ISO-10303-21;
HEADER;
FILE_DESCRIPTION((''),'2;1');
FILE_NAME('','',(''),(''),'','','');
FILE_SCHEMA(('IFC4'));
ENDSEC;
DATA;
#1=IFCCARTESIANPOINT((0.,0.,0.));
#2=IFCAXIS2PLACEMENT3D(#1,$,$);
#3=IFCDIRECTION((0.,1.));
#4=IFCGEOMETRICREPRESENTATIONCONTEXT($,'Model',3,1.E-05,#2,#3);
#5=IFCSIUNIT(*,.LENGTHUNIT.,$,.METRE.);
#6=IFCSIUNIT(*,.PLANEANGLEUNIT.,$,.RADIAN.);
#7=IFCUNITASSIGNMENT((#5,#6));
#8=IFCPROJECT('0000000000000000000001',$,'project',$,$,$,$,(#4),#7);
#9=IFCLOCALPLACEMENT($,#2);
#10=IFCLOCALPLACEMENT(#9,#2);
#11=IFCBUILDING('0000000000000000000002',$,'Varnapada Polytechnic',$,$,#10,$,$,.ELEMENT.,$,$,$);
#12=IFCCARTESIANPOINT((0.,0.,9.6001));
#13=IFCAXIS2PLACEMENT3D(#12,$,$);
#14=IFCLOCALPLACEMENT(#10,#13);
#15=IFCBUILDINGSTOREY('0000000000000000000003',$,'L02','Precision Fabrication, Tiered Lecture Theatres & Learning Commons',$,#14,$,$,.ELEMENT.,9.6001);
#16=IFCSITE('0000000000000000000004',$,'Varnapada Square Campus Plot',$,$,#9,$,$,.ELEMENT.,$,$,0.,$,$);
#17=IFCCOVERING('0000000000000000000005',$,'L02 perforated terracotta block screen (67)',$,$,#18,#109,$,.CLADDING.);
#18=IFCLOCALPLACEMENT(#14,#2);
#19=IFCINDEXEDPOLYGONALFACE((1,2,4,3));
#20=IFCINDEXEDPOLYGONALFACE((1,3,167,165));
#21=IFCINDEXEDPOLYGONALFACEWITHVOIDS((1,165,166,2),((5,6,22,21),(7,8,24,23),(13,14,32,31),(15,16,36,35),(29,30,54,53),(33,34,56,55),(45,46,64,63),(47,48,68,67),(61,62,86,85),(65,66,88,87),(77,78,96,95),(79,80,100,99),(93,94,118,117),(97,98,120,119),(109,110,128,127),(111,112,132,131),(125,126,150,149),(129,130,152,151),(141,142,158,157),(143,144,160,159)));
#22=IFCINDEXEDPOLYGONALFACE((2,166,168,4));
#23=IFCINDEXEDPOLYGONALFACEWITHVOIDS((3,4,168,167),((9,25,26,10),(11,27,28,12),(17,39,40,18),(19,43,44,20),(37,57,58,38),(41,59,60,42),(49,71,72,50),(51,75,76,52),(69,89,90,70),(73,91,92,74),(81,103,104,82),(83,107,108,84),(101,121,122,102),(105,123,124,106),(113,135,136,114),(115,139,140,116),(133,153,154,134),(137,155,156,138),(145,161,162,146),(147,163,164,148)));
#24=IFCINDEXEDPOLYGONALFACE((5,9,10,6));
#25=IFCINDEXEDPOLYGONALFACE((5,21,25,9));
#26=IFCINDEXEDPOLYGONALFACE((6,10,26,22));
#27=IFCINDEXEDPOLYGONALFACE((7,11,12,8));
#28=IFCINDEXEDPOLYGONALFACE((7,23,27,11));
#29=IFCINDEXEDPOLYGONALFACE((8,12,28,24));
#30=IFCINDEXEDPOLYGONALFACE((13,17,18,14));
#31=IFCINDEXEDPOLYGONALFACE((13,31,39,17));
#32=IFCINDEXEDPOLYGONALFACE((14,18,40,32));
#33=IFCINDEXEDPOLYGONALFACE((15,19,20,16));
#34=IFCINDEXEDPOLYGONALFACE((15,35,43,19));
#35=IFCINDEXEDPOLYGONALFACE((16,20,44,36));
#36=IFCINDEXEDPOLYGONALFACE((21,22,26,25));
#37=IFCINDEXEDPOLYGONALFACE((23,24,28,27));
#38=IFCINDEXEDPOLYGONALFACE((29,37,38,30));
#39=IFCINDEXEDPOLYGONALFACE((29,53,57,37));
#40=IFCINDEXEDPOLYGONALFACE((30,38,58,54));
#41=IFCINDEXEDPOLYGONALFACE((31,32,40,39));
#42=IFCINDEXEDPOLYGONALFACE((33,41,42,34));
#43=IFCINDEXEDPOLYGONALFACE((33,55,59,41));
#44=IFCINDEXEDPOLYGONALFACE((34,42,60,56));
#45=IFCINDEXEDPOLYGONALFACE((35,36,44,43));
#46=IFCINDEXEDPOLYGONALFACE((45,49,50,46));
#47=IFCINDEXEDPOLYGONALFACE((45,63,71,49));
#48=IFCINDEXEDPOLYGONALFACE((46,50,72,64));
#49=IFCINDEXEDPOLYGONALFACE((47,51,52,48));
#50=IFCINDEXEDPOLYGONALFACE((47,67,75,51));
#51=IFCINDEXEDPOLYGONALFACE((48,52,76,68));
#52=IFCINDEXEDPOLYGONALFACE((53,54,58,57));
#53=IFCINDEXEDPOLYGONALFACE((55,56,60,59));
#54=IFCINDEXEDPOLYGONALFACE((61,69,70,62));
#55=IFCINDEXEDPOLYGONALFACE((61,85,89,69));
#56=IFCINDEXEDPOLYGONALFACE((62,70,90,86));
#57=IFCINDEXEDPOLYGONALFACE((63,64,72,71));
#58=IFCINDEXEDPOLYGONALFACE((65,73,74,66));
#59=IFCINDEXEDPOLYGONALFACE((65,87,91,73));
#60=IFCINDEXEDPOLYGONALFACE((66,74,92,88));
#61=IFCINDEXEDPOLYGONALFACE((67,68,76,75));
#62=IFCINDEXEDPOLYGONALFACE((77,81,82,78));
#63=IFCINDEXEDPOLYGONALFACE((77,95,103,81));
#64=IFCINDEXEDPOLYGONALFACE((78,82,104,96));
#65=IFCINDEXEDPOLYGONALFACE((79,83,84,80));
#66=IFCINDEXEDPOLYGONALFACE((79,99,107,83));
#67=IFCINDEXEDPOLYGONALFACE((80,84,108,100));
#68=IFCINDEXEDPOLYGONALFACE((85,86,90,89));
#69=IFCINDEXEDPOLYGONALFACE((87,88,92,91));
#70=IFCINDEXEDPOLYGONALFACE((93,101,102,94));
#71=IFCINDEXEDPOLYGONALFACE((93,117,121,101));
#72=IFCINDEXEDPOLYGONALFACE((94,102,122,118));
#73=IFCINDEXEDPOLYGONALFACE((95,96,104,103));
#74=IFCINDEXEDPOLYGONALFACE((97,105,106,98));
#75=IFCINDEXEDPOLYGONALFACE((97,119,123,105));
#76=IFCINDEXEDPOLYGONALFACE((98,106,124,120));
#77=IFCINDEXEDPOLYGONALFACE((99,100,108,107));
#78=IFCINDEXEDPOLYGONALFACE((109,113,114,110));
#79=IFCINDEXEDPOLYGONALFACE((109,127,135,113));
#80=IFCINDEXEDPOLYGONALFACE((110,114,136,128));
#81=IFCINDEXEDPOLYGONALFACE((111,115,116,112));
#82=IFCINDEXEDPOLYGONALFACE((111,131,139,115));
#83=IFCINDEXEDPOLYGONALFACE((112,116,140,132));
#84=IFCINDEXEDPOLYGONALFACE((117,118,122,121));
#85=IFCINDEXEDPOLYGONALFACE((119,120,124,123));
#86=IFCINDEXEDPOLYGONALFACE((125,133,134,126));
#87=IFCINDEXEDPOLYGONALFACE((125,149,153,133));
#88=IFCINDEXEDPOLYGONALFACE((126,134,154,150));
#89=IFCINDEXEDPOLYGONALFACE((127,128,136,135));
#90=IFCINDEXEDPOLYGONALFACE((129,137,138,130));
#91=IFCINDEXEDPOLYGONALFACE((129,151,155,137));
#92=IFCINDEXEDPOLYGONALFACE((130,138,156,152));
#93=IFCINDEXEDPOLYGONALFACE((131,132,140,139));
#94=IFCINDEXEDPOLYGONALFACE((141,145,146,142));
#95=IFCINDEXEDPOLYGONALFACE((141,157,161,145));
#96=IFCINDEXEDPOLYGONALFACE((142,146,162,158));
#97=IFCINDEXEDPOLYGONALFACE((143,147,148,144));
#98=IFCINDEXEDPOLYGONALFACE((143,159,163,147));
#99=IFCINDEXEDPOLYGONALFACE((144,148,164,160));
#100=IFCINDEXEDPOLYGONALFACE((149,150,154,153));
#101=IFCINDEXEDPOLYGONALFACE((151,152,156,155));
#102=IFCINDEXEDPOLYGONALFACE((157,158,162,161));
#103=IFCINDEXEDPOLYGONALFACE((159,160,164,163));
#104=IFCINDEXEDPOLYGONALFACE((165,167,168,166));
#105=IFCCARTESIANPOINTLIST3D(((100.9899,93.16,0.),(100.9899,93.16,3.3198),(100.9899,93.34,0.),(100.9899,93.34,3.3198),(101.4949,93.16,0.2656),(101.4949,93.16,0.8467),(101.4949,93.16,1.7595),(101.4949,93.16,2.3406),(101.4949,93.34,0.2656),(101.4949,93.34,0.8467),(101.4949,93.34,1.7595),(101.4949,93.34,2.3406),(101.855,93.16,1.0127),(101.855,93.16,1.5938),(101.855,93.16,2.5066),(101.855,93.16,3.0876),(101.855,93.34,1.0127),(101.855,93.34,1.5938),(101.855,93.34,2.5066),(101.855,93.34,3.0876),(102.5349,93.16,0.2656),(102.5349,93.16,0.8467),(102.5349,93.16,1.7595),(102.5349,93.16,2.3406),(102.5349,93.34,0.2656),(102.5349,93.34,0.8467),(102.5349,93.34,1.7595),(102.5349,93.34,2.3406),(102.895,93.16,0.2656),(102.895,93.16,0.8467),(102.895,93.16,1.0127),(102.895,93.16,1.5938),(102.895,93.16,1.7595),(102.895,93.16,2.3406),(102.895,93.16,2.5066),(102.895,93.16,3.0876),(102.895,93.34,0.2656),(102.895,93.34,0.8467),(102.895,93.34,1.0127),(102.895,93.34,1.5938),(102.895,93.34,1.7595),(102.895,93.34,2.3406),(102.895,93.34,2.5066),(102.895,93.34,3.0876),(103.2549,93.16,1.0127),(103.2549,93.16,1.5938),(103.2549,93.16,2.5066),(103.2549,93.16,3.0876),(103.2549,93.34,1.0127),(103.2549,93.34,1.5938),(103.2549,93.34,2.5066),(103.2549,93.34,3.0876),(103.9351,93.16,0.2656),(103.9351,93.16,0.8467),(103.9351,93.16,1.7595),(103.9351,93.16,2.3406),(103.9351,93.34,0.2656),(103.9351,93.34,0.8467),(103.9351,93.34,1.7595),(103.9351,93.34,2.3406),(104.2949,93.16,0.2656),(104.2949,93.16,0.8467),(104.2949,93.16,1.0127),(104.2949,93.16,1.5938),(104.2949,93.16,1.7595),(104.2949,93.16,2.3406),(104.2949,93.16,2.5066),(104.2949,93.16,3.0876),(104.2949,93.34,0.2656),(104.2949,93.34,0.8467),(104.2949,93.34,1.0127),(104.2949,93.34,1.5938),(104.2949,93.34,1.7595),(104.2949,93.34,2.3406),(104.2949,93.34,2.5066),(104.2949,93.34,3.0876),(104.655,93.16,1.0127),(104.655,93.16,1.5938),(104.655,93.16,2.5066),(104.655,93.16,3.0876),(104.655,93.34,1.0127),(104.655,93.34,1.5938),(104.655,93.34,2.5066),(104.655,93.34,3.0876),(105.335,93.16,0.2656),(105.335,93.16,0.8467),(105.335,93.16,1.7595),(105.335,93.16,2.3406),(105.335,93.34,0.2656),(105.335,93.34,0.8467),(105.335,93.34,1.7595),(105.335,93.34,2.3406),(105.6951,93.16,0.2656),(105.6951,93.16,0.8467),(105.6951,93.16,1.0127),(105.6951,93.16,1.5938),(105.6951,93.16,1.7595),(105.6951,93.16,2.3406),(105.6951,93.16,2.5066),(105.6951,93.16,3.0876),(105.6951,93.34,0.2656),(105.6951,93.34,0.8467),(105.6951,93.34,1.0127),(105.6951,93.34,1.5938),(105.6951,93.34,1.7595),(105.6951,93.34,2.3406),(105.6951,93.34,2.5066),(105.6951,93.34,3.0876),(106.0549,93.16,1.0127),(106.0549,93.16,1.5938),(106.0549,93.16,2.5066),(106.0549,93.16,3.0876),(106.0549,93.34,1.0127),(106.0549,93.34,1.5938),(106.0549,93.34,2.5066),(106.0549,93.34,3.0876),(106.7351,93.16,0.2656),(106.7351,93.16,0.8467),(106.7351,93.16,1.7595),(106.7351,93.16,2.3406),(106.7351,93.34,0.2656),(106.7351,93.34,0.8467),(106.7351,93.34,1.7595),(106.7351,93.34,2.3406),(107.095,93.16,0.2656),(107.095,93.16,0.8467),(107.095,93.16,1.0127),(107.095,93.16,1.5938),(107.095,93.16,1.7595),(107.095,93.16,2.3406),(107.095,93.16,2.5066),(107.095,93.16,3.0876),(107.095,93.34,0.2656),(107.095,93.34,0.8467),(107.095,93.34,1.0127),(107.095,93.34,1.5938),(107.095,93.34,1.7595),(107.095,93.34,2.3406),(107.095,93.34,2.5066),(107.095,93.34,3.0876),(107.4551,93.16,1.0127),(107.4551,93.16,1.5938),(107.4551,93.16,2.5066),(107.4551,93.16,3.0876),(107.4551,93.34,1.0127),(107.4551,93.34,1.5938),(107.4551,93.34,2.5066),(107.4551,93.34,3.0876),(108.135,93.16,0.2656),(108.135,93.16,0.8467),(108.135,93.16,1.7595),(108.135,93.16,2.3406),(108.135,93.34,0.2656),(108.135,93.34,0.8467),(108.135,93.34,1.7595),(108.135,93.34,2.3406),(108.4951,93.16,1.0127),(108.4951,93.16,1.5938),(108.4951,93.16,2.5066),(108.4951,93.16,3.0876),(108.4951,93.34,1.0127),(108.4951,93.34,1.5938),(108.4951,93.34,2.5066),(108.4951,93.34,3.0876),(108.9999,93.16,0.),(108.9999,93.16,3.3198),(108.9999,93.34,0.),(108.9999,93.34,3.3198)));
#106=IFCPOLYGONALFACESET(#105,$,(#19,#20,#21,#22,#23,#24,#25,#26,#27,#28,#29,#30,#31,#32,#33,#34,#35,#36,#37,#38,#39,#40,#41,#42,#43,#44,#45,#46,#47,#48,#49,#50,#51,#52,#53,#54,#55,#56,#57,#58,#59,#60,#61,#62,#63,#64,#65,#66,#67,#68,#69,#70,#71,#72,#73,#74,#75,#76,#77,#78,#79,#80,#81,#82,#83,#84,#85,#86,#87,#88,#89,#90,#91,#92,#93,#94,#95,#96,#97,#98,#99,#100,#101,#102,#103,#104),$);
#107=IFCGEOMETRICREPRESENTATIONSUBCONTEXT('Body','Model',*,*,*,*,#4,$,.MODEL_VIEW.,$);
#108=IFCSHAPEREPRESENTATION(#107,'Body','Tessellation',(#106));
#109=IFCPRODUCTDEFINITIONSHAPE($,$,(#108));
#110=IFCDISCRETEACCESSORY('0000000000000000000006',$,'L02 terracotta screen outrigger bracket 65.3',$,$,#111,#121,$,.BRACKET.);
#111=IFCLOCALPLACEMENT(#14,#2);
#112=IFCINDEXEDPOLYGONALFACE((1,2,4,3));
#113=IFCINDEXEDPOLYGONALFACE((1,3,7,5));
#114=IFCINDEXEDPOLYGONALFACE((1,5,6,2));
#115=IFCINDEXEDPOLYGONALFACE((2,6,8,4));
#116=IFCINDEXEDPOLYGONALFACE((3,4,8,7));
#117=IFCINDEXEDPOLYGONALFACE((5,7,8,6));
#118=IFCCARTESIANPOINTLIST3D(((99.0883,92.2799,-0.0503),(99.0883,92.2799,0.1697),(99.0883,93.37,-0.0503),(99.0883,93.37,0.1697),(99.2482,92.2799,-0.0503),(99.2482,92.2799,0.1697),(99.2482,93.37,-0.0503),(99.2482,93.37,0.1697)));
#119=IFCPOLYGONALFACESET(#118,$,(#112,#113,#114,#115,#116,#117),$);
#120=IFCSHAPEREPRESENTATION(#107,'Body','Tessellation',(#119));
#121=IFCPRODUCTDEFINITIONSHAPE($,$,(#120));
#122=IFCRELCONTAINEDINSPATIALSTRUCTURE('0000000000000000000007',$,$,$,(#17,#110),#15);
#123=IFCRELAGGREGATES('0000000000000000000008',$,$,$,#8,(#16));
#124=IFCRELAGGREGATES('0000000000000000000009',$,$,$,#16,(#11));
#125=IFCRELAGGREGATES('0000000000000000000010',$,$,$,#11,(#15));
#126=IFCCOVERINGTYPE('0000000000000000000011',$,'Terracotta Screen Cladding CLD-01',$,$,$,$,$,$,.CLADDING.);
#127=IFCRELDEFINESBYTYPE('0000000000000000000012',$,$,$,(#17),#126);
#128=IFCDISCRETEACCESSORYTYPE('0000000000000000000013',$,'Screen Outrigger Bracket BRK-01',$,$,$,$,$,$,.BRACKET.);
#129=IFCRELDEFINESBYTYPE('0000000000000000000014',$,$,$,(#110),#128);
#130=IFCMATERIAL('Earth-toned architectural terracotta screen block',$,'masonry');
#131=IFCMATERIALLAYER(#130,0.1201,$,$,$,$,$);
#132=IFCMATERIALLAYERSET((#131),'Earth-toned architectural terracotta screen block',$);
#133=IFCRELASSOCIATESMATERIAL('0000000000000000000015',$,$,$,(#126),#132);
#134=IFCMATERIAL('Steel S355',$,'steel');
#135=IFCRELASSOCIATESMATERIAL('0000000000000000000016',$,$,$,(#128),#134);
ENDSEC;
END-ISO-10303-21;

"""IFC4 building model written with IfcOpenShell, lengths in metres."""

from ifc_helpers import new_model, si_unit, direction, frame, frame_2d, origin, origin_2d, place, context, subcontext, project, spatial, rectangle, extrude, material, layer, layer_set, type_object, element, save


model = new_model("IFC4")

# Units and contexts
model_context = context("Model", 3, precision=1e-05, world=origin(), true_north=direction((0.0, 1.0)))
body_context = subcontext(model_context, "Body", "Model", "MODEL_VIEW")
ifc_project = project(units=[si_unit("LENGTHUNIT", "METRE"), si_unit("PLANEANGLEUNIT", "RADIAN")], contexts=[model_context])

# Site, building, storey
site_placement = place(None, origin())
site = spatial("IfcSite", under=ifc_project, at=site_placement, Name="Varnapada Square Campus Plot", CompositionType="ELEMENT", RefElevation=0.0)
building_placement = place(site_placement, origin())
building = spatial("IfcBuilding", under=site, at=building_placement, Name="Varnapada Polytechnic", CompositionType="ELEMENT")
storey_placement = place(building_placement, frame((0.0, 0.0, 9.6001)))
storey = spatial("IfcBuildingStorey", under=building, at=storey_placement, Name="L02", Description="Precision Fabrication, Tiered Lecture Theatres & Learning Commons", CompositionType="ELEMENT", Elevation=9.6001)

# Shared definitions
ifc_material_1 = material(Name="Steel S355", Category="steel")

# Covering, openings
ifc_material_2 = material(Name="Earth-toned architectural terracotta screen block", Category="masonry")
ifc_layer_1 = layer(ifc_material_2, 0.1201)
ifc_layer_set_1 = layer_set([ifc_layer_1], Name="Earth-toned architectural terracotta screen block")
covering_type = type_object("IfcCoveringType", Name="Terracotta Screen Cladding CLD-01", PredefinedType="CLADDING", material=ifc_layer_set_1)
covering_placement = place(storey_placement, frame((100.99, 93.25, 0.0), z_axis=(0.0, 0.0, 1.0), x_axis=(1.0, 0.0, 0.0)))
covering = element("IfcCovering", 1, at=covering_placement, inside=storey, type_object=covering_type, Name="L02 perforated terracotta block screen (67)", PredefinedType="CLADDING", context=body_context, shape_type="SweptSolid", body=[
    extrude(rectangle(XDim=8.01, YDim=0.1799, at=frame_2d((4.0049, 0.0))), origin(), (0.0, 0.0, 1.0), 3.3198),
])
opening_1_placement = place(covering_placement, frame((0.5049, 0.0, 0.2656)))
element("IfcOpeningElement", 2, at=opening_1_placement, cuts=covering, PredefinedType="OPENING", context=body_context, shape_type="SweptSolid", body=[
    extrude(rectangle(XDim=1.04, YDim=0.5811, at=frame_2d((0.52, 0.2905))), frame((0.0, 0.0999, 0.0), z_axis=(0.0, -1.0, 0.0), x_axis=(1.0, 0.0, 0.0)), (0.0, 0.0, 1.0), 0.2),
])
opening_2_placement = place(covering_placement, frame((1.905, 0.0, 0.2656)))
element("IfcOpeningElement", 3, at=opening_2_placement, cuts=covering, PredefinedType="OPENING", context=body_context, shape_type="SweptSolid", body=[
    extrude(rectangle(XDim=1.04, YDim=0.5811, at=frame_2d((0.52, 0.2905))), frame((0.0, 0.0999, 0.0), z_axis=(0.0, -1.0, 0.0), x_axis=(1.0, 0.0, 0.0)), (0.0, 0.0, 1.0), 0.2),
])
opening_3_placement = place(covering_placement, frame((3.3049, 0.0, 0.2656)))
element("IfcOpeningElement", 4, at=opening_3_placement, cuts=covering, PredefinedType="OPENING", context=body_context, shape_type="SweptSolid", body=[
    extrude(rectangle(XDim=1.04, YDim=0.5811, at=frame_2d((0.52, 0.2905))), frame((0.0, 0.0999, 0.0), z_axis=(0.0, -1.0, 0.0), x_axis=(1.0, 0.0, 0.0)), (0.0, 0.0, 1.0), 0.2),
])
opening_4_placement = place(covering_placement, frame((4.7051, 0.0, 0.2656)))
element("IfcOpeningElement", 5, at=opening_4_placement, cuts=covering, PredefinedType="OPENING", context=body_context, shape_type="SweptSolid", body=[
    extrude(rectangle(XDim=1.04, YDim=0.5811, at=frame_2d((0.52, 0.2905))), frame((0.0, 0.0999, 0.0), z_axis=(0.0, -1.0, 0.0), x_axis=(1.0, 0.0, 0.0)), (0.0, 0.0, 1.0), 0.2),
])
opening_5_placement = place(covering_placement, frame((6.105, 0.0, 0.2656)))
element("IfcOpeningElement", 6, at=opening_5_placement, cuts=covering, PredefinedType="OPENING", context=body_context, shape_type="SweptSolid", body=[
    extrude(rectangle(XDim=1.04, YDim=0.5811, at=frame_2d((0.52, 0.2905))), frame((0.0, 0.0999, 0.0), z_axis=(0.0, -1.0, 0.0), x_axis=(1.0, 0.0, 0.0)), (0.0, 0.0, 1.0), 0.2),
])
opening_6_placement = place(covering_placement, frame((0.865, 0.0, 1.0127)))
element("IfcOpeningElement", 7, at=opening_6_placement, cuts=covering, PredefinedType="OPENING", context=body_context, shape_type="SweptSolid", body=[
    extrude(rectangle(XDim=1.04, YDim=0.5811, at=frame_2d((0.52, 0.2905))), frame((0.0, 0.0999, 0.0), z_axis=(0.0, -1.0, 0.0), x_axis=(1.0, 0.0, 0.0)), (0.0, 0.0, 1.0), 0.2),
])
opening_7_placement = place(covering_placement, frame((2.2649, 0.0, 1.0127)))
element("IfcOpeningElement", 8, at=opening_7_placement, cuts=covering, PredefinedType="OPENING", context=body_context, shape_type="SweptSolid", body=[
    extrude(rectangle(XDim=1.04, YDim=0.5811, at=frame_2d((0.52, 0.2905))), frame((0.0, 0.0999, 0.0), z_axis=(0.0, -1.0, 0.0), x_axis=(1.0, 0.0, 0.0)), (0.0, 0.0, 1.0), 0.2),
])
opening_8_placement = place(covering_placement, frame((3.665, 0.0, 1.0127)))
element("IfcOpeningElement", 9, at=opening_8_placement, cuts=covering, PredefinedType="OPENING", context=body_context, shape_type="SweptSolid", body=[
    extrude(rectangle(XDim=1.04, YDim=0.5811, at=frame_2d((0.52, 0.2905))), frame((0.0, 0.0999, 0.0), z_axis=(0.0, -1.0, 0.0), x_axis=(1.0, 0.0, 0.0)), (0.0, 0.0, 1.0), 0.2),
])
opening_9_placement = place(covering_placement, frame((5.0649, 0.0, 1.0127)))
element("IfcOpeningElement", 10, at=opening_9_placement, cuts=covering, PredefinedType="OPENING", context=body_context, shape_type="SweptSolid", body=[
    extrude(rectangle(XDim=1.04, YDim=0.5811, at=frame_2d((0.52, 0.2905))), frame((0.0, 0.0999, 0.0), z_axis=(0.0, -1.0, 0.0), x_axis=(1.0, 0.0, 0.0)), (0.0, 0.0, 1.0), 0.2),
])
opening_10_placement = place(covering_placement, frame((6.4651, 0.0, 1.0127)))
element("IfcOpeningElement", 11, at=opening_10_placement, cuts=covering, PredefinedType="OPENING", context=body_context, shape_type="SweptSolid", body=[
    extrude(rectangle(XDim=1.04, YDim=0.5811, at=frame_2d((0.52, 0.2905))), frame((0.0, 0.0999, 0.0), z_axis=(0.0, -1.0, 0.0), x_axis=(1.0, 0.0, 0.0)), (0.0, 0.0, 1.0), 0.2),
])
opening_11_placement = place(covering_placement, frame((0.5049, 0.0, 1.7595)))
element("IfcOpeningElement", 12, at=opening_11_placement, cuts=covering, PredefinedType="OPENING", context=body_context, shape_type="SweptSolid", body=[
    extrude(rectangle(XDim=1.04, YDim=0.5811, at=frame_2d((0.52, 0.2905))), frame((0.0, 0.0999, 0.0), z_axis=(0.0, -1.0, 0.0), x_axis=(1.0, 0.0, 0.0)), (0.0, 0.0, 1.0), 0.2),
])
opening_12_placement = place(covering_placement, frame((1.905, 0.0, 1.7595)))
element("IfcOpeningElement", 13, at=opening_12_placement, cuts=covering, PredefinedType="OPENING", context=body_context, shape_type="SweptSolid", body=[
    extrude(rectangle(XDim=1.04, YDim=0.5811, at=frame_2d((0.52, 0.2905))), frame((0.0, 0.0999, 0.0), z_axis=(0.0, -1.0, 0.0), x_axis=(1.0, 0.0, 0.0)), (0.0, 0.0, 1.0), 0.2),
])
opening_13_placement = place(covering_placement, frame((3.3049, 0.0, 1.7595)))
element("IfcOpeningElement", 14, at=opening_13_placement, cuts=covering, PredefinedType="OPENING", context=body_context, shape_type="SweptSolid", body=[
    extrude(rectangle(XDim=1.04, YDim=0.5811, at=frame_2d((0.52, 0.2905))), frame((0.0, 0.0999, 0.0), z_axis=(0.0, -1.0, 0.0), x_axis=(1.0, 0.0, 0.0)), (0.0, 0.0, 1.0), 0.2),
])
opening_14_placement = place(covering_placement, frame((4.7051, 0.0, 1.7595)))
element("IfcOpeningElement", 15, at=opening_14_placement, cuts=covering, PredefinedType="OPENING", context=body_context, shape_type="SweptSolid", body=[
    extrude(rectangle(XDim=1.04, YDim=0.5811, at=frame_2d((0.52, 0.2905))), frame((0.0, 0.0999, 0.0), z_axis=(0.0, -1.0, 0.0), x_axis=(1.0, 0.0, 0.0)), (0.0, 0.0, 1.0), 0.2),
])
opening_15_placement = place(covering_placement, frame((6.105, 0.0, 1.7595)))
element("IfcOpeningElement", 16, at=opening_15_placement, cuts=covering, PredefinedType="OPENING", context=body_context, shape_type="SweptSolid", body=[
    extrude(rectangle(XDim=1.04, YDim=0.5811, at=frame_2d((0.52, 0.2905))), frame((0.0, 0.0999, 0.0), z_axis=(0.0, -1.0, 0.0), x_axis=(1.0, 0.0, 0.0)), (0.0, 0.0, 1.0), 0.2),
])
opening_16_placement = place(covering_placement, frame((0.865, 0.0, 2.5066)))
element("IfcOpeningElement", 17, at=opening_16_placement, cuts=covering, PredefinedType="OPENING", context=body_context, shape_type="SweptSolid", body=[
    extrude(rectangle(XDim=1.04, YDim=0.5811, at=frame_2d((0.52, 0.2905))), frame((0.0, 0.0999, 0.0), z_axis=(0.0, -1.0, 0.0), x_axis=(1.0, 0.0, 0.0)), (0.0, 0.0, 1.0), 0.2),
])
opening_17_placement = place(covering_placement, frame((2.2649, 0.0, 2.5066)))
element("IfcOpeningElement", 18, at=opening_17_placement, cuts=covering, PredefinedType="OPENING", context=body_context, shape_type="SweptSolid", body=[
    extrude(rectangle(XDim=1.04, YDim=0.5811, at=frame_2d((0.52, 0.2905))), frame((0.0, 0.0999, 0.0), z_axis=(0.0, -1.0, 0.0), x_axis=(1.0, 0.0, 0.0)), (0.0, 0.0, 1.0), 0.2),
])
opening_18_placement = place(covering_placement, frame((3.665, 0.0, 2.5066)))
element("IfcOpeningElement", 19, at=opening_18_placement, cuts=covering, PredefinedType="OPENING", context=body_context, shape_type="SweptSolid", body=[
    extrude(rectangle(XDim=1.04, YDim=0.5811, at=frame_2d((0.52, 0.2905))), frame((0.0, 0.0999, 0.0), z_axis=(0.0, -1.0, 0.0), x_axis=(1.0, 0.0, 0.0)), (0.0, 0.0, 1.0), 0.2),
])
opening_19_placement = place(covering_placement, frame((5.0649, 0.0, 2.5066)))
element("IfcOpeningElement", 20, at=opening_19_placement, cuts=covering, PredefinedType="OPENING", context=body_context, shape_type="SweptSolid", body=[
    extrude(rectangle(XDim=1.04, YDim=0.5811, at=frame_2d((0.52, 0.2905))), frame((0.0, 0.0999, 0.0), z_axis=(0.0, -1.0, 0.0), x_axis=(1.0, 0.0, 0.0)), (0.0, 0.0, 1.0), 0.2),
])
opening_20_placement = place(covering_placement, frame((6.4651, 0.0, 2.5066)))
element("IfcOpeningElement", 21, at=opening_20_placement, cuts=covering, PredefinedType="OPENING", context=body_context, shape_type="SweptSolid", body=[
    extrude(rectangle(XDim=1.04, YDim=0.5811, at=frame_2d((0.52, 0.2905))), frame((0.0, 0.0999, 0.0), z_axis=(0.0, -1.0, 0.0), x_axis=(1.0, 0.0, 0.0)), (0.0, 0.0, 1.0), 0.2),
])

# Discrete accessory
discrete_accessory_type = type_object("IfcDiscreteAccessoryType", Name="Screen Outrigger Bracket BRK-01", PredefinedType="BRACKET", material=ifc_material_1)
discrete_accessory_placement = place(storey_placement, frame((99.1682, 92.825, -0.0503), z_axis=(0.0, 0.0, 1.0), x_axis=(1.0, 0.0, 0.0)))
element("IfcDiscreteAccessory", 22, at=discrete_accessory_placement, inside=storey, type_object=discrete_accessory_type, Name="L02 terracotta screen outrigger bracket 65.3", PredefinedType="BRACKET", context=body_context, shape_type="SweptSolid", body=[
    extrude(rectangle(XDim=0.1599, YDim=1.0901, at=origin_2d()), origin(), (0.0, 0.0, 1.0), 0.22),
])

save(model, "model.ifc")
